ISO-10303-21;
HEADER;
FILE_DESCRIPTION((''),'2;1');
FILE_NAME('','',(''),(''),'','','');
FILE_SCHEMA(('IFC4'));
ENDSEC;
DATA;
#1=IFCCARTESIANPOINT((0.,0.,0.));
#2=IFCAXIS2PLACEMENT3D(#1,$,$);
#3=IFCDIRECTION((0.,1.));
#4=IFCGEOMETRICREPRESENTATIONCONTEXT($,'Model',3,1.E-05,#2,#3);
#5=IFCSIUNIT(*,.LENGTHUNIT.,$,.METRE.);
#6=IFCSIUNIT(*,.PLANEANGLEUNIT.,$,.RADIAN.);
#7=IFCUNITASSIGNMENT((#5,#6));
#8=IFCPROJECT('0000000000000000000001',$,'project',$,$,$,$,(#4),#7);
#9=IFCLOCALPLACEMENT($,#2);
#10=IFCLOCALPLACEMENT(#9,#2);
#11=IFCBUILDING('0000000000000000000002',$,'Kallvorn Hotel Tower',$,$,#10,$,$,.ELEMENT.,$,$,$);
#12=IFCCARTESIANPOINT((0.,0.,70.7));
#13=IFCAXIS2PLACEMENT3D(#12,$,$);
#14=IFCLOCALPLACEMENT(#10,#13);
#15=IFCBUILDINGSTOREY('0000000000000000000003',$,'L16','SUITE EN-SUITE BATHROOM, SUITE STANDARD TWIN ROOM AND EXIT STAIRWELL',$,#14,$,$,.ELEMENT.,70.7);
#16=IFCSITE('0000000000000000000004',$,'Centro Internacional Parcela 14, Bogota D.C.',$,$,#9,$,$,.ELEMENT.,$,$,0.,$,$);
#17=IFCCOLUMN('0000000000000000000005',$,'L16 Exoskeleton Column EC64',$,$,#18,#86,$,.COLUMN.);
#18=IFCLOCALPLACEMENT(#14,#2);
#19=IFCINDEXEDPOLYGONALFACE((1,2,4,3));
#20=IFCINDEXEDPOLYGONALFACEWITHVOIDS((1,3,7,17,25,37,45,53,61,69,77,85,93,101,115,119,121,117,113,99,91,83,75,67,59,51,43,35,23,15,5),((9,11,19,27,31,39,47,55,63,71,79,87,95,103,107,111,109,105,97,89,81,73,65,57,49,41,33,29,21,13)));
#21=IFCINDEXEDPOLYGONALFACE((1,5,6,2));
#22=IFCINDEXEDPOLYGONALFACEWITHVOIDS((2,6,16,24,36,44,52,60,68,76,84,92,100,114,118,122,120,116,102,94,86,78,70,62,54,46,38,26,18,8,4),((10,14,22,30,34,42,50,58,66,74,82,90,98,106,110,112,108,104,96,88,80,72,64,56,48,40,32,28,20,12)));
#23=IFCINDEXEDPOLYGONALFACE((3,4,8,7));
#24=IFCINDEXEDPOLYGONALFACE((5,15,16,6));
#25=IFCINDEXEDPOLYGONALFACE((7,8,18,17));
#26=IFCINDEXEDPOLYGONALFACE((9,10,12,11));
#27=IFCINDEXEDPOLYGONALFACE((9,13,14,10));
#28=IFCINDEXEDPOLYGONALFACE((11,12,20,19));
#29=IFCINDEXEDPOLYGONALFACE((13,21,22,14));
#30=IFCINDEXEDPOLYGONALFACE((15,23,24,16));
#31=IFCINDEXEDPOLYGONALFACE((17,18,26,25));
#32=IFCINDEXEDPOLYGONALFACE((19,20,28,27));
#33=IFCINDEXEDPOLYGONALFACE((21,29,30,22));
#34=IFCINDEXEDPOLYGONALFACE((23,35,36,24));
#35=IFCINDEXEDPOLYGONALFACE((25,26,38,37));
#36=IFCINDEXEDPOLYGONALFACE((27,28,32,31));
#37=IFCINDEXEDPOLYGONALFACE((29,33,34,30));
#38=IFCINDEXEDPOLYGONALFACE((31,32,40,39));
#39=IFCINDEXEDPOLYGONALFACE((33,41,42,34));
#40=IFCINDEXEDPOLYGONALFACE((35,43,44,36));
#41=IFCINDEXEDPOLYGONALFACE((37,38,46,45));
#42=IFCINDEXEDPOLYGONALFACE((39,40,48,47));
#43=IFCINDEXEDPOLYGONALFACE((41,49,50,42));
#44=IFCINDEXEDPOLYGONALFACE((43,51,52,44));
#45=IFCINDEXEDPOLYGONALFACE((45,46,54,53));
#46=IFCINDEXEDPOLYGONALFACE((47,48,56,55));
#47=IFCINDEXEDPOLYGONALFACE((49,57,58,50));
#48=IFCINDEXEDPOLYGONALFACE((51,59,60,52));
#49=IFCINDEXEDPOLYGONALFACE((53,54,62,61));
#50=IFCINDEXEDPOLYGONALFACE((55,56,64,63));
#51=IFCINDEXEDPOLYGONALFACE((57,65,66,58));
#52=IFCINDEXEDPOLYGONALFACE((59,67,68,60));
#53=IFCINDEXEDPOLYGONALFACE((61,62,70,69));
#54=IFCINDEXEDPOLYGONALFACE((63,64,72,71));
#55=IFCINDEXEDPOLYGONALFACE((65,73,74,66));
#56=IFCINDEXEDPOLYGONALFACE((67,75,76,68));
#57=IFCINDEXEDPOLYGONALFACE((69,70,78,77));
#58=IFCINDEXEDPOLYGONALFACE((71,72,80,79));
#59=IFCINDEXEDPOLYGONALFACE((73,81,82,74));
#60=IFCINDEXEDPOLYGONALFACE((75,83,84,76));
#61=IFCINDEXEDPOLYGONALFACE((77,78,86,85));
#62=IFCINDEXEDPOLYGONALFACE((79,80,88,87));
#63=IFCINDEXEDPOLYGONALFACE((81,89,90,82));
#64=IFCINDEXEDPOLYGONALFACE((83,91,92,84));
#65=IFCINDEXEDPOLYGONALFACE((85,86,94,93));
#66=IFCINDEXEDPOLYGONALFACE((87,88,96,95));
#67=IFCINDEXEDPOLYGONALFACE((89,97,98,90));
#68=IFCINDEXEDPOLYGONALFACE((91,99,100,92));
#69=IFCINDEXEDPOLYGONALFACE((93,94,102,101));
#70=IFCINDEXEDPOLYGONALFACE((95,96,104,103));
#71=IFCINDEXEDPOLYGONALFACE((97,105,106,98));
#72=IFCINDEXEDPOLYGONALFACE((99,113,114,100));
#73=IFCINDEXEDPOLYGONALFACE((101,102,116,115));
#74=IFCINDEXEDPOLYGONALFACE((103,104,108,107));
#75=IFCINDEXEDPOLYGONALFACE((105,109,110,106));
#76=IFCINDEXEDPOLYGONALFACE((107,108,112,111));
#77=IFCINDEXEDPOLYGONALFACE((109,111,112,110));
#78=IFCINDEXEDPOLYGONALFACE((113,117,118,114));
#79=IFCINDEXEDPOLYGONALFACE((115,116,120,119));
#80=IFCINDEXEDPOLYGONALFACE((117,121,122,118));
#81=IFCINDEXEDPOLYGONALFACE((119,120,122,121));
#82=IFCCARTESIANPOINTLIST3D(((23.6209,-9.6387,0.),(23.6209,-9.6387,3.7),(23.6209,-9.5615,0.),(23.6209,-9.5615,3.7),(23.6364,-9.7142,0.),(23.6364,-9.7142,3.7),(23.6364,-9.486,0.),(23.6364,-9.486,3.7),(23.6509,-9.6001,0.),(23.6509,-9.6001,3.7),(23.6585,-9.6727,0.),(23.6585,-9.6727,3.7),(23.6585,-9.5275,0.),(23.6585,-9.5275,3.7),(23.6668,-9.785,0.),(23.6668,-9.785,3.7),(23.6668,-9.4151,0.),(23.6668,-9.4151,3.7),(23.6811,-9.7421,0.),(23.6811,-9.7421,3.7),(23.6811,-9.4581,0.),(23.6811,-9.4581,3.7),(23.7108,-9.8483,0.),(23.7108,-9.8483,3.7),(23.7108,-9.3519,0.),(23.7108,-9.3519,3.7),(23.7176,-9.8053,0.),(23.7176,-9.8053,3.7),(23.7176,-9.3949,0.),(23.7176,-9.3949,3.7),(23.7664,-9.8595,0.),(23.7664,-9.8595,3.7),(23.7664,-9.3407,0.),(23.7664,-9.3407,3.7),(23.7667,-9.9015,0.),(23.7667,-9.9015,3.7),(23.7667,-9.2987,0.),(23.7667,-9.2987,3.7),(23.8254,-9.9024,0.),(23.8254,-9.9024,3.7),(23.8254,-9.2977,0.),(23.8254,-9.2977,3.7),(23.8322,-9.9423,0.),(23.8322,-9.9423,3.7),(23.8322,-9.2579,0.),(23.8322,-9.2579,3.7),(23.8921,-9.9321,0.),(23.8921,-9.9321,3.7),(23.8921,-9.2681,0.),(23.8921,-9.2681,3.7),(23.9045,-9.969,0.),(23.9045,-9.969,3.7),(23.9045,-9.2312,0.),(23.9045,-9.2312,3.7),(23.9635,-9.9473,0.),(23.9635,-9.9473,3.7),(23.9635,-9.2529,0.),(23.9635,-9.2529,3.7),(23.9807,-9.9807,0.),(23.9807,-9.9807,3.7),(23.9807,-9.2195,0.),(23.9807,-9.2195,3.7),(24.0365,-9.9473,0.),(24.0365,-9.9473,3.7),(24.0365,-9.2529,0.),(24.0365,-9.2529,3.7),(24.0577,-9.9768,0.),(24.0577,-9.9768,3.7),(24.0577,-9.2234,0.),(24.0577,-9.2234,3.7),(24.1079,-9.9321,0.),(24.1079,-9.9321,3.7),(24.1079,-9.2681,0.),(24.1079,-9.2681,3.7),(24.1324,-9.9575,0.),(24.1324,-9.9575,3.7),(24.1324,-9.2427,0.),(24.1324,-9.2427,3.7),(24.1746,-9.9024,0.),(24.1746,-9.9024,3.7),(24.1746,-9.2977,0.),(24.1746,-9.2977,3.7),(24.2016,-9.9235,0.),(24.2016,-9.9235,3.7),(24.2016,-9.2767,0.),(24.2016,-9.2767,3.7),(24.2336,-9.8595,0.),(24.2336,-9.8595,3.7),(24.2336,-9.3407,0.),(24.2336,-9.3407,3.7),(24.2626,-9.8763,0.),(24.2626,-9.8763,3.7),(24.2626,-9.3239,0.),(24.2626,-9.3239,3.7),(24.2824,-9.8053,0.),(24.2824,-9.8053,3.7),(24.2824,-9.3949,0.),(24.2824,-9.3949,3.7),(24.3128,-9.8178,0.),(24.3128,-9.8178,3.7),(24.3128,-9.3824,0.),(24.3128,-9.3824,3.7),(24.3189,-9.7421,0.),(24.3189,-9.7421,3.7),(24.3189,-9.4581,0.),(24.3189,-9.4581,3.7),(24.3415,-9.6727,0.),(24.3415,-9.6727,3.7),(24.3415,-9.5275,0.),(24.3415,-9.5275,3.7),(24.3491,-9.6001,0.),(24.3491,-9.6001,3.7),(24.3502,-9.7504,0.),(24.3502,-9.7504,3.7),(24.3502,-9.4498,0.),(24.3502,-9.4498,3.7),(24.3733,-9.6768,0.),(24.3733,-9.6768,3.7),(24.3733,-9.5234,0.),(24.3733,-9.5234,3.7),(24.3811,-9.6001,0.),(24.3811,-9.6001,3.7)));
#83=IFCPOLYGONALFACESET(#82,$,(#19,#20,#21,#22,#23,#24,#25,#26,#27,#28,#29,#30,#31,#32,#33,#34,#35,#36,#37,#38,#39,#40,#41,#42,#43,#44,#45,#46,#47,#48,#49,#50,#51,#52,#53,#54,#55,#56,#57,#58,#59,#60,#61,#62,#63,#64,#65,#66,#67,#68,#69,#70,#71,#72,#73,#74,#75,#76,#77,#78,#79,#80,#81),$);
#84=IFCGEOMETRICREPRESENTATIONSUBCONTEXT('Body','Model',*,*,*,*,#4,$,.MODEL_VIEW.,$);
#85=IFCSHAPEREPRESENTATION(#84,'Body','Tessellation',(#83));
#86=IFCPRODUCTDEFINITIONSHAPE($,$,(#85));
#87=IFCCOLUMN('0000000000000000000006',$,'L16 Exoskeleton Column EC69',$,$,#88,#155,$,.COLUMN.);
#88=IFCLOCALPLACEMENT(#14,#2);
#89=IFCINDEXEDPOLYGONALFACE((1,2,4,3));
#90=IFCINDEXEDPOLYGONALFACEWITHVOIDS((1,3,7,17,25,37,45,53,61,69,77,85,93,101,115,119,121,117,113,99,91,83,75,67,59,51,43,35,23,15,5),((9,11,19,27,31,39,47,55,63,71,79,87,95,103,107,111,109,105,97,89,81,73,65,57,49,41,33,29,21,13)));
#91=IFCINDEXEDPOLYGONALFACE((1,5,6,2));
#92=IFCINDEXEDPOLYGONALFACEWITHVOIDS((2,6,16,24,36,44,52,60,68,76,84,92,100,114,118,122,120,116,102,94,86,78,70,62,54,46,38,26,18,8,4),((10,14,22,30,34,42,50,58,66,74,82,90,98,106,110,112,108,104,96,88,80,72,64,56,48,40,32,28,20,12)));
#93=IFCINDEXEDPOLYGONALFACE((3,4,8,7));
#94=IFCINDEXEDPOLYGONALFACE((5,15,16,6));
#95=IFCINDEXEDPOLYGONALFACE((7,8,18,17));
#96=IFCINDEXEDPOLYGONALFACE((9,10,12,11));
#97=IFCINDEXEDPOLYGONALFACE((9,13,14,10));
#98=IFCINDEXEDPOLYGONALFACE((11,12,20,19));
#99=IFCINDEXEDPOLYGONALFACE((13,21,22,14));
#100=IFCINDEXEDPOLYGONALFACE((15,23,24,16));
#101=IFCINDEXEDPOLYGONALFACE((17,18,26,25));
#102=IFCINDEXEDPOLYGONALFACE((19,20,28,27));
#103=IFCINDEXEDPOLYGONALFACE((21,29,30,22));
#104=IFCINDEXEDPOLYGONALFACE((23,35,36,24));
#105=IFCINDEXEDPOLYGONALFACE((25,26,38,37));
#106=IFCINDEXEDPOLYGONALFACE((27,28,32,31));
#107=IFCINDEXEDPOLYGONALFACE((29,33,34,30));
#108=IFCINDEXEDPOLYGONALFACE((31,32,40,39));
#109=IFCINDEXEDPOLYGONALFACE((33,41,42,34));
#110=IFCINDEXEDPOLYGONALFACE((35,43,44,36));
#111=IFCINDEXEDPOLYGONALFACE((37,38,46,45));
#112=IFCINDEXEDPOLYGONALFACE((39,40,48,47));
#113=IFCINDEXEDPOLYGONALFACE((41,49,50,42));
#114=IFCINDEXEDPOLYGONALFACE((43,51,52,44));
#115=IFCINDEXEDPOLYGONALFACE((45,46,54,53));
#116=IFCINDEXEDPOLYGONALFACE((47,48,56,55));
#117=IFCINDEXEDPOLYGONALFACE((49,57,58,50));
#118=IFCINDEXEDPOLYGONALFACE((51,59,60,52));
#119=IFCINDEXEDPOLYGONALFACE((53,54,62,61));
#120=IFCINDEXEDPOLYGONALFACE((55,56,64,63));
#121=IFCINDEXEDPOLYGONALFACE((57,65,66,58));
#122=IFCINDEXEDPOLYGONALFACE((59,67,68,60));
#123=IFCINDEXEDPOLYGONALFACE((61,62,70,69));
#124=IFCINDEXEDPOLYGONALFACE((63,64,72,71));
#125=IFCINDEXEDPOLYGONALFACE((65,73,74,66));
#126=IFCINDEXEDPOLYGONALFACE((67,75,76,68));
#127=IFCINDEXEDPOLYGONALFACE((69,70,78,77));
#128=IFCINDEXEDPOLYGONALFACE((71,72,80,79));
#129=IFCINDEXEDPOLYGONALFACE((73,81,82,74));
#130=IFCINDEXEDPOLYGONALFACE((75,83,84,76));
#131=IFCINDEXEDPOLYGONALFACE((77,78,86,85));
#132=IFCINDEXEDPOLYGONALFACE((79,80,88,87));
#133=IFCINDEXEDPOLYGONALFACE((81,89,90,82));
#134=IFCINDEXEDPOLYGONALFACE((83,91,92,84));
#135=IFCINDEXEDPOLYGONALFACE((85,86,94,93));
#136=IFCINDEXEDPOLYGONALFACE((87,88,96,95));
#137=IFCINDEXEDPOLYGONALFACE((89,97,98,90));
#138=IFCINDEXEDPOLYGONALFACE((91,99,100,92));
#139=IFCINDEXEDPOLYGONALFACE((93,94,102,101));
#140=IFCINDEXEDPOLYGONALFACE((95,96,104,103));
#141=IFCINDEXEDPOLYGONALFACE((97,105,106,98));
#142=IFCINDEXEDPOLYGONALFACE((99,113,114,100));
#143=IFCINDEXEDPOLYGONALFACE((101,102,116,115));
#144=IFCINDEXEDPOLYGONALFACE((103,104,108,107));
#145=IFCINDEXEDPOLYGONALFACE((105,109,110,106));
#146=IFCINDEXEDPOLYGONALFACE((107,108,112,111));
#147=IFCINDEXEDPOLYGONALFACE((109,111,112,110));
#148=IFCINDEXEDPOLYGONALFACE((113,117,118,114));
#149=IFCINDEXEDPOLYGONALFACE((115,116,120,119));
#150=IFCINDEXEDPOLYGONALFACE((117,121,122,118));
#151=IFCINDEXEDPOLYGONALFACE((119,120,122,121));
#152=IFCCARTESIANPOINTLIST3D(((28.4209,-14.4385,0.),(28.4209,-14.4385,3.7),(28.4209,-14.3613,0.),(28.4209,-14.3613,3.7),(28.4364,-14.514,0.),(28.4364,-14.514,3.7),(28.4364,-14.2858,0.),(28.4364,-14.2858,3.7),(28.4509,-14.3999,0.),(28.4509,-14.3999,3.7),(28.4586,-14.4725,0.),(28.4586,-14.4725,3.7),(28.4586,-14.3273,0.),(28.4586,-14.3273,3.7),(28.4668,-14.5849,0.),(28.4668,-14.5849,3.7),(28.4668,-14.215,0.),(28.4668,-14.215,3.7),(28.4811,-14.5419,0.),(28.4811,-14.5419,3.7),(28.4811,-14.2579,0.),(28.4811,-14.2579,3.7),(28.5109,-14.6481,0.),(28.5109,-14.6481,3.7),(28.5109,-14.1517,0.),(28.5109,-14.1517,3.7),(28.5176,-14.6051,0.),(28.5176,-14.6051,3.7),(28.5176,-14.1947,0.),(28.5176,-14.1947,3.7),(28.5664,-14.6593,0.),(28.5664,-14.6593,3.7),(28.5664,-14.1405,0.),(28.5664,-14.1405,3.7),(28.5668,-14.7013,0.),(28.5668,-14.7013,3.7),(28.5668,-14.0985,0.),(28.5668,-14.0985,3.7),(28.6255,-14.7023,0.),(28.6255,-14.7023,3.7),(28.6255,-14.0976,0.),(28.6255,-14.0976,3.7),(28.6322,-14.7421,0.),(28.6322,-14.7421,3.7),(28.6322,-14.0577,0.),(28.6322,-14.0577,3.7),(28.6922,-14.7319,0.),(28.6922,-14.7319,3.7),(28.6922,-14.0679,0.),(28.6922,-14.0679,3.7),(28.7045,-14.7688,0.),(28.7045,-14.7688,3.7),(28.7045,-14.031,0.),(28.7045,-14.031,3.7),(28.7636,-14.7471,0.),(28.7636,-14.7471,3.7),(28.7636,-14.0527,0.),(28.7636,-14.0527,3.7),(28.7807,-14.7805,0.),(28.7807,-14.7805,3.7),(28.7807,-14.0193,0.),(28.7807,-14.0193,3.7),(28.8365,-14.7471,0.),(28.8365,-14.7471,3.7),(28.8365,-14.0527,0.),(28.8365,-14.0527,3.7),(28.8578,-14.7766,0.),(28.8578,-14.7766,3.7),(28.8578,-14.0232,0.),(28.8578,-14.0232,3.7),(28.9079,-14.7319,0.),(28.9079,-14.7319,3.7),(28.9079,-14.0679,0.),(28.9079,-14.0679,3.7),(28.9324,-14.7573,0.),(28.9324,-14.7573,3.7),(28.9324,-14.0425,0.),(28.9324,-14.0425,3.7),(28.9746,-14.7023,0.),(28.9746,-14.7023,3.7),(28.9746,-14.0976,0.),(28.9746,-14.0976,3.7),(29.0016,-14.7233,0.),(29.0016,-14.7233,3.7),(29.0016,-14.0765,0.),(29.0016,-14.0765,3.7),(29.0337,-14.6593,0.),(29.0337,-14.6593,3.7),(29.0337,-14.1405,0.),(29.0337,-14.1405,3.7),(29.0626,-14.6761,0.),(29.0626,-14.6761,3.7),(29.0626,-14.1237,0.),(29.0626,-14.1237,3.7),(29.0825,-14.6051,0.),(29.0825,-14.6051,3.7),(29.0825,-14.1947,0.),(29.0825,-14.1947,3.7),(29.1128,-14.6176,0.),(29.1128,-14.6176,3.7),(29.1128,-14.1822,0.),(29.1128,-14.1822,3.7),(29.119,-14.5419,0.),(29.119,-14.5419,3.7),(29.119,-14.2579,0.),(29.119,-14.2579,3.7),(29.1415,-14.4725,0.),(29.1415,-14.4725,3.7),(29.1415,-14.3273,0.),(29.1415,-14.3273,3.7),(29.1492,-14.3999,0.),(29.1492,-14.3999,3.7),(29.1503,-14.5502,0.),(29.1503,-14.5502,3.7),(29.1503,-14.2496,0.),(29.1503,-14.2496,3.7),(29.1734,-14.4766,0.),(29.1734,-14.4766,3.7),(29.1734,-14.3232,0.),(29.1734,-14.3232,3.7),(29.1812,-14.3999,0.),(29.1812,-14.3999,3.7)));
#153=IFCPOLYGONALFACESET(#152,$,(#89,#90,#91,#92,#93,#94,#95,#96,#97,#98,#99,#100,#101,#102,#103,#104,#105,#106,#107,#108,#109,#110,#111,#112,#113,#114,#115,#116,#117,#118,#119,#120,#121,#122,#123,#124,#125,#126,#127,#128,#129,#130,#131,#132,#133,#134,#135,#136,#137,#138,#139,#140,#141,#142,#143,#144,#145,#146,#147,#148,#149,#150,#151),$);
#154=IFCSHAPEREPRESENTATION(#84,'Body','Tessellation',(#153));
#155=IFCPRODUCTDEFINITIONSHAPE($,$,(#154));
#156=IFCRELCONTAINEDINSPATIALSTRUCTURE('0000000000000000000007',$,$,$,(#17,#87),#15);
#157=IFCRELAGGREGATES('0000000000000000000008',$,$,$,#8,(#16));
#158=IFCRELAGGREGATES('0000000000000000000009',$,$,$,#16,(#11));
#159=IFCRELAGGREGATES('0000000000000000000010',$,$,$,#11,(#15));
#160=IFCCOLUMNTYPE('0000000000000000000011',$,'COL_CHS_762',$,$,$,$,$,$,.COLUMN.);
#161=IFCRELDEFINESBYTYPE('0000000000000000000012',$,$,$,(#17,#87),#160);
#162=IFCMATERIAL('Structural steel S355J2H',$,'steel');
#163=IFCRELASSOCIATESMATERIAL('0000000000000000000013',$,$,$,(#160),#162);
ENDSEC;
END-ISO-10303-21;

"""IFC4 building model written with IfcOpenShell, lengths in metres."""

from ifc_helpers import new_model, si_unit, direction, frame, origin, origin_2d, place, context, subcontext, project, spatial, hollow_circle, extrude, material, material_profile, profile_set, type_object, element, save


model = new_model("IFC4")

# Units and contexts
model_context = context("Model", 3, precision=1e-05, world=origin(), true_north=direction((0.0, 1.0)))
body_context = subcontext(model_context, "Body", "Model", "MODEL_VIEW")
ifc_project = project(units=[si_unit("LENGTHUNIT", "METRE"), si_unit("PLANEANGLEUNIT", "RADIAN")], contexts=[model_context])

# Site, building, storey
site_placement = place(None, origin())
site = spatial("IfcSite", under=ifc_project, at=site_placement, Name="Centro Internacional Parcela 14, Bogota D.C.", CompositionType="ELEMENT", RefElevation=0.0)
building_placement = place(site_placement, origin())
building = spatial("IfcBuilding", under=site, at=building_placement, Name="Kallvorn Hotel Tower", CompositionType="ELEMENT")
storey_placement = place(building_placement, frame((0.0, 0.0, 70.7)))
storey = spatial("IfcBuildingStorey", under=building, at=storey_placement, Name="L16", Description="SUITE EN-SUITE BATHROOM, SUITE STANDARD TWIN ROOM AND EXIT STAIRWELL", CompositionType="ELEMENT", Elevation=70.7)

# Columns
ifc_material_1 = material(Name="Structural steel S355J2H", Category="steel")
ifc_material_profile_1 = material_profile(ifc_material_1, hollow_circle(Radius=0.3811, WallThickness=0.032, at=origin_2d()), Name="CHS 762x32")
ifc_profile_set_1 = profile_set([ifc_material_profile_1], Name="Structural steel S355J2H")
column_type_1 = type_object("IfcColumnType", Name="COL_CHS_762", PredefinedType="COLUMN", material=ifc_profile_set_1)
for number, where, z_axis, x_axis, name in (
    (1, (24.0, -9.6001, 0.0), (0.0, 0.0, 1.0), (1.0, 0.0, 0.0), "L16 Exoskeleton Column EC64"),
    (2, (28.8, -14.3999, 0.0), (0.0, 0.0, 1.0), (1.0, 0.0, 0.0), "L16 Exoskeleton Column EC69"),
):
    element("IfcColumn", number, at=place(storey_placement, frame(where, z_axis=z_axis, x_axis=x_axis)), inside=storey, type_object=column_type_1, Name=name, PredefinedType="COLUMN", context=body_context, shape_type="SweptSolid", body=[
        extrude(hollow_circle(Radius=0.3811, WallThickness=0.032, at=origin_2d()), origin(), (0.0, 0.0, 1.0), 3.7),
    ])

save(model, "model.ifc")
